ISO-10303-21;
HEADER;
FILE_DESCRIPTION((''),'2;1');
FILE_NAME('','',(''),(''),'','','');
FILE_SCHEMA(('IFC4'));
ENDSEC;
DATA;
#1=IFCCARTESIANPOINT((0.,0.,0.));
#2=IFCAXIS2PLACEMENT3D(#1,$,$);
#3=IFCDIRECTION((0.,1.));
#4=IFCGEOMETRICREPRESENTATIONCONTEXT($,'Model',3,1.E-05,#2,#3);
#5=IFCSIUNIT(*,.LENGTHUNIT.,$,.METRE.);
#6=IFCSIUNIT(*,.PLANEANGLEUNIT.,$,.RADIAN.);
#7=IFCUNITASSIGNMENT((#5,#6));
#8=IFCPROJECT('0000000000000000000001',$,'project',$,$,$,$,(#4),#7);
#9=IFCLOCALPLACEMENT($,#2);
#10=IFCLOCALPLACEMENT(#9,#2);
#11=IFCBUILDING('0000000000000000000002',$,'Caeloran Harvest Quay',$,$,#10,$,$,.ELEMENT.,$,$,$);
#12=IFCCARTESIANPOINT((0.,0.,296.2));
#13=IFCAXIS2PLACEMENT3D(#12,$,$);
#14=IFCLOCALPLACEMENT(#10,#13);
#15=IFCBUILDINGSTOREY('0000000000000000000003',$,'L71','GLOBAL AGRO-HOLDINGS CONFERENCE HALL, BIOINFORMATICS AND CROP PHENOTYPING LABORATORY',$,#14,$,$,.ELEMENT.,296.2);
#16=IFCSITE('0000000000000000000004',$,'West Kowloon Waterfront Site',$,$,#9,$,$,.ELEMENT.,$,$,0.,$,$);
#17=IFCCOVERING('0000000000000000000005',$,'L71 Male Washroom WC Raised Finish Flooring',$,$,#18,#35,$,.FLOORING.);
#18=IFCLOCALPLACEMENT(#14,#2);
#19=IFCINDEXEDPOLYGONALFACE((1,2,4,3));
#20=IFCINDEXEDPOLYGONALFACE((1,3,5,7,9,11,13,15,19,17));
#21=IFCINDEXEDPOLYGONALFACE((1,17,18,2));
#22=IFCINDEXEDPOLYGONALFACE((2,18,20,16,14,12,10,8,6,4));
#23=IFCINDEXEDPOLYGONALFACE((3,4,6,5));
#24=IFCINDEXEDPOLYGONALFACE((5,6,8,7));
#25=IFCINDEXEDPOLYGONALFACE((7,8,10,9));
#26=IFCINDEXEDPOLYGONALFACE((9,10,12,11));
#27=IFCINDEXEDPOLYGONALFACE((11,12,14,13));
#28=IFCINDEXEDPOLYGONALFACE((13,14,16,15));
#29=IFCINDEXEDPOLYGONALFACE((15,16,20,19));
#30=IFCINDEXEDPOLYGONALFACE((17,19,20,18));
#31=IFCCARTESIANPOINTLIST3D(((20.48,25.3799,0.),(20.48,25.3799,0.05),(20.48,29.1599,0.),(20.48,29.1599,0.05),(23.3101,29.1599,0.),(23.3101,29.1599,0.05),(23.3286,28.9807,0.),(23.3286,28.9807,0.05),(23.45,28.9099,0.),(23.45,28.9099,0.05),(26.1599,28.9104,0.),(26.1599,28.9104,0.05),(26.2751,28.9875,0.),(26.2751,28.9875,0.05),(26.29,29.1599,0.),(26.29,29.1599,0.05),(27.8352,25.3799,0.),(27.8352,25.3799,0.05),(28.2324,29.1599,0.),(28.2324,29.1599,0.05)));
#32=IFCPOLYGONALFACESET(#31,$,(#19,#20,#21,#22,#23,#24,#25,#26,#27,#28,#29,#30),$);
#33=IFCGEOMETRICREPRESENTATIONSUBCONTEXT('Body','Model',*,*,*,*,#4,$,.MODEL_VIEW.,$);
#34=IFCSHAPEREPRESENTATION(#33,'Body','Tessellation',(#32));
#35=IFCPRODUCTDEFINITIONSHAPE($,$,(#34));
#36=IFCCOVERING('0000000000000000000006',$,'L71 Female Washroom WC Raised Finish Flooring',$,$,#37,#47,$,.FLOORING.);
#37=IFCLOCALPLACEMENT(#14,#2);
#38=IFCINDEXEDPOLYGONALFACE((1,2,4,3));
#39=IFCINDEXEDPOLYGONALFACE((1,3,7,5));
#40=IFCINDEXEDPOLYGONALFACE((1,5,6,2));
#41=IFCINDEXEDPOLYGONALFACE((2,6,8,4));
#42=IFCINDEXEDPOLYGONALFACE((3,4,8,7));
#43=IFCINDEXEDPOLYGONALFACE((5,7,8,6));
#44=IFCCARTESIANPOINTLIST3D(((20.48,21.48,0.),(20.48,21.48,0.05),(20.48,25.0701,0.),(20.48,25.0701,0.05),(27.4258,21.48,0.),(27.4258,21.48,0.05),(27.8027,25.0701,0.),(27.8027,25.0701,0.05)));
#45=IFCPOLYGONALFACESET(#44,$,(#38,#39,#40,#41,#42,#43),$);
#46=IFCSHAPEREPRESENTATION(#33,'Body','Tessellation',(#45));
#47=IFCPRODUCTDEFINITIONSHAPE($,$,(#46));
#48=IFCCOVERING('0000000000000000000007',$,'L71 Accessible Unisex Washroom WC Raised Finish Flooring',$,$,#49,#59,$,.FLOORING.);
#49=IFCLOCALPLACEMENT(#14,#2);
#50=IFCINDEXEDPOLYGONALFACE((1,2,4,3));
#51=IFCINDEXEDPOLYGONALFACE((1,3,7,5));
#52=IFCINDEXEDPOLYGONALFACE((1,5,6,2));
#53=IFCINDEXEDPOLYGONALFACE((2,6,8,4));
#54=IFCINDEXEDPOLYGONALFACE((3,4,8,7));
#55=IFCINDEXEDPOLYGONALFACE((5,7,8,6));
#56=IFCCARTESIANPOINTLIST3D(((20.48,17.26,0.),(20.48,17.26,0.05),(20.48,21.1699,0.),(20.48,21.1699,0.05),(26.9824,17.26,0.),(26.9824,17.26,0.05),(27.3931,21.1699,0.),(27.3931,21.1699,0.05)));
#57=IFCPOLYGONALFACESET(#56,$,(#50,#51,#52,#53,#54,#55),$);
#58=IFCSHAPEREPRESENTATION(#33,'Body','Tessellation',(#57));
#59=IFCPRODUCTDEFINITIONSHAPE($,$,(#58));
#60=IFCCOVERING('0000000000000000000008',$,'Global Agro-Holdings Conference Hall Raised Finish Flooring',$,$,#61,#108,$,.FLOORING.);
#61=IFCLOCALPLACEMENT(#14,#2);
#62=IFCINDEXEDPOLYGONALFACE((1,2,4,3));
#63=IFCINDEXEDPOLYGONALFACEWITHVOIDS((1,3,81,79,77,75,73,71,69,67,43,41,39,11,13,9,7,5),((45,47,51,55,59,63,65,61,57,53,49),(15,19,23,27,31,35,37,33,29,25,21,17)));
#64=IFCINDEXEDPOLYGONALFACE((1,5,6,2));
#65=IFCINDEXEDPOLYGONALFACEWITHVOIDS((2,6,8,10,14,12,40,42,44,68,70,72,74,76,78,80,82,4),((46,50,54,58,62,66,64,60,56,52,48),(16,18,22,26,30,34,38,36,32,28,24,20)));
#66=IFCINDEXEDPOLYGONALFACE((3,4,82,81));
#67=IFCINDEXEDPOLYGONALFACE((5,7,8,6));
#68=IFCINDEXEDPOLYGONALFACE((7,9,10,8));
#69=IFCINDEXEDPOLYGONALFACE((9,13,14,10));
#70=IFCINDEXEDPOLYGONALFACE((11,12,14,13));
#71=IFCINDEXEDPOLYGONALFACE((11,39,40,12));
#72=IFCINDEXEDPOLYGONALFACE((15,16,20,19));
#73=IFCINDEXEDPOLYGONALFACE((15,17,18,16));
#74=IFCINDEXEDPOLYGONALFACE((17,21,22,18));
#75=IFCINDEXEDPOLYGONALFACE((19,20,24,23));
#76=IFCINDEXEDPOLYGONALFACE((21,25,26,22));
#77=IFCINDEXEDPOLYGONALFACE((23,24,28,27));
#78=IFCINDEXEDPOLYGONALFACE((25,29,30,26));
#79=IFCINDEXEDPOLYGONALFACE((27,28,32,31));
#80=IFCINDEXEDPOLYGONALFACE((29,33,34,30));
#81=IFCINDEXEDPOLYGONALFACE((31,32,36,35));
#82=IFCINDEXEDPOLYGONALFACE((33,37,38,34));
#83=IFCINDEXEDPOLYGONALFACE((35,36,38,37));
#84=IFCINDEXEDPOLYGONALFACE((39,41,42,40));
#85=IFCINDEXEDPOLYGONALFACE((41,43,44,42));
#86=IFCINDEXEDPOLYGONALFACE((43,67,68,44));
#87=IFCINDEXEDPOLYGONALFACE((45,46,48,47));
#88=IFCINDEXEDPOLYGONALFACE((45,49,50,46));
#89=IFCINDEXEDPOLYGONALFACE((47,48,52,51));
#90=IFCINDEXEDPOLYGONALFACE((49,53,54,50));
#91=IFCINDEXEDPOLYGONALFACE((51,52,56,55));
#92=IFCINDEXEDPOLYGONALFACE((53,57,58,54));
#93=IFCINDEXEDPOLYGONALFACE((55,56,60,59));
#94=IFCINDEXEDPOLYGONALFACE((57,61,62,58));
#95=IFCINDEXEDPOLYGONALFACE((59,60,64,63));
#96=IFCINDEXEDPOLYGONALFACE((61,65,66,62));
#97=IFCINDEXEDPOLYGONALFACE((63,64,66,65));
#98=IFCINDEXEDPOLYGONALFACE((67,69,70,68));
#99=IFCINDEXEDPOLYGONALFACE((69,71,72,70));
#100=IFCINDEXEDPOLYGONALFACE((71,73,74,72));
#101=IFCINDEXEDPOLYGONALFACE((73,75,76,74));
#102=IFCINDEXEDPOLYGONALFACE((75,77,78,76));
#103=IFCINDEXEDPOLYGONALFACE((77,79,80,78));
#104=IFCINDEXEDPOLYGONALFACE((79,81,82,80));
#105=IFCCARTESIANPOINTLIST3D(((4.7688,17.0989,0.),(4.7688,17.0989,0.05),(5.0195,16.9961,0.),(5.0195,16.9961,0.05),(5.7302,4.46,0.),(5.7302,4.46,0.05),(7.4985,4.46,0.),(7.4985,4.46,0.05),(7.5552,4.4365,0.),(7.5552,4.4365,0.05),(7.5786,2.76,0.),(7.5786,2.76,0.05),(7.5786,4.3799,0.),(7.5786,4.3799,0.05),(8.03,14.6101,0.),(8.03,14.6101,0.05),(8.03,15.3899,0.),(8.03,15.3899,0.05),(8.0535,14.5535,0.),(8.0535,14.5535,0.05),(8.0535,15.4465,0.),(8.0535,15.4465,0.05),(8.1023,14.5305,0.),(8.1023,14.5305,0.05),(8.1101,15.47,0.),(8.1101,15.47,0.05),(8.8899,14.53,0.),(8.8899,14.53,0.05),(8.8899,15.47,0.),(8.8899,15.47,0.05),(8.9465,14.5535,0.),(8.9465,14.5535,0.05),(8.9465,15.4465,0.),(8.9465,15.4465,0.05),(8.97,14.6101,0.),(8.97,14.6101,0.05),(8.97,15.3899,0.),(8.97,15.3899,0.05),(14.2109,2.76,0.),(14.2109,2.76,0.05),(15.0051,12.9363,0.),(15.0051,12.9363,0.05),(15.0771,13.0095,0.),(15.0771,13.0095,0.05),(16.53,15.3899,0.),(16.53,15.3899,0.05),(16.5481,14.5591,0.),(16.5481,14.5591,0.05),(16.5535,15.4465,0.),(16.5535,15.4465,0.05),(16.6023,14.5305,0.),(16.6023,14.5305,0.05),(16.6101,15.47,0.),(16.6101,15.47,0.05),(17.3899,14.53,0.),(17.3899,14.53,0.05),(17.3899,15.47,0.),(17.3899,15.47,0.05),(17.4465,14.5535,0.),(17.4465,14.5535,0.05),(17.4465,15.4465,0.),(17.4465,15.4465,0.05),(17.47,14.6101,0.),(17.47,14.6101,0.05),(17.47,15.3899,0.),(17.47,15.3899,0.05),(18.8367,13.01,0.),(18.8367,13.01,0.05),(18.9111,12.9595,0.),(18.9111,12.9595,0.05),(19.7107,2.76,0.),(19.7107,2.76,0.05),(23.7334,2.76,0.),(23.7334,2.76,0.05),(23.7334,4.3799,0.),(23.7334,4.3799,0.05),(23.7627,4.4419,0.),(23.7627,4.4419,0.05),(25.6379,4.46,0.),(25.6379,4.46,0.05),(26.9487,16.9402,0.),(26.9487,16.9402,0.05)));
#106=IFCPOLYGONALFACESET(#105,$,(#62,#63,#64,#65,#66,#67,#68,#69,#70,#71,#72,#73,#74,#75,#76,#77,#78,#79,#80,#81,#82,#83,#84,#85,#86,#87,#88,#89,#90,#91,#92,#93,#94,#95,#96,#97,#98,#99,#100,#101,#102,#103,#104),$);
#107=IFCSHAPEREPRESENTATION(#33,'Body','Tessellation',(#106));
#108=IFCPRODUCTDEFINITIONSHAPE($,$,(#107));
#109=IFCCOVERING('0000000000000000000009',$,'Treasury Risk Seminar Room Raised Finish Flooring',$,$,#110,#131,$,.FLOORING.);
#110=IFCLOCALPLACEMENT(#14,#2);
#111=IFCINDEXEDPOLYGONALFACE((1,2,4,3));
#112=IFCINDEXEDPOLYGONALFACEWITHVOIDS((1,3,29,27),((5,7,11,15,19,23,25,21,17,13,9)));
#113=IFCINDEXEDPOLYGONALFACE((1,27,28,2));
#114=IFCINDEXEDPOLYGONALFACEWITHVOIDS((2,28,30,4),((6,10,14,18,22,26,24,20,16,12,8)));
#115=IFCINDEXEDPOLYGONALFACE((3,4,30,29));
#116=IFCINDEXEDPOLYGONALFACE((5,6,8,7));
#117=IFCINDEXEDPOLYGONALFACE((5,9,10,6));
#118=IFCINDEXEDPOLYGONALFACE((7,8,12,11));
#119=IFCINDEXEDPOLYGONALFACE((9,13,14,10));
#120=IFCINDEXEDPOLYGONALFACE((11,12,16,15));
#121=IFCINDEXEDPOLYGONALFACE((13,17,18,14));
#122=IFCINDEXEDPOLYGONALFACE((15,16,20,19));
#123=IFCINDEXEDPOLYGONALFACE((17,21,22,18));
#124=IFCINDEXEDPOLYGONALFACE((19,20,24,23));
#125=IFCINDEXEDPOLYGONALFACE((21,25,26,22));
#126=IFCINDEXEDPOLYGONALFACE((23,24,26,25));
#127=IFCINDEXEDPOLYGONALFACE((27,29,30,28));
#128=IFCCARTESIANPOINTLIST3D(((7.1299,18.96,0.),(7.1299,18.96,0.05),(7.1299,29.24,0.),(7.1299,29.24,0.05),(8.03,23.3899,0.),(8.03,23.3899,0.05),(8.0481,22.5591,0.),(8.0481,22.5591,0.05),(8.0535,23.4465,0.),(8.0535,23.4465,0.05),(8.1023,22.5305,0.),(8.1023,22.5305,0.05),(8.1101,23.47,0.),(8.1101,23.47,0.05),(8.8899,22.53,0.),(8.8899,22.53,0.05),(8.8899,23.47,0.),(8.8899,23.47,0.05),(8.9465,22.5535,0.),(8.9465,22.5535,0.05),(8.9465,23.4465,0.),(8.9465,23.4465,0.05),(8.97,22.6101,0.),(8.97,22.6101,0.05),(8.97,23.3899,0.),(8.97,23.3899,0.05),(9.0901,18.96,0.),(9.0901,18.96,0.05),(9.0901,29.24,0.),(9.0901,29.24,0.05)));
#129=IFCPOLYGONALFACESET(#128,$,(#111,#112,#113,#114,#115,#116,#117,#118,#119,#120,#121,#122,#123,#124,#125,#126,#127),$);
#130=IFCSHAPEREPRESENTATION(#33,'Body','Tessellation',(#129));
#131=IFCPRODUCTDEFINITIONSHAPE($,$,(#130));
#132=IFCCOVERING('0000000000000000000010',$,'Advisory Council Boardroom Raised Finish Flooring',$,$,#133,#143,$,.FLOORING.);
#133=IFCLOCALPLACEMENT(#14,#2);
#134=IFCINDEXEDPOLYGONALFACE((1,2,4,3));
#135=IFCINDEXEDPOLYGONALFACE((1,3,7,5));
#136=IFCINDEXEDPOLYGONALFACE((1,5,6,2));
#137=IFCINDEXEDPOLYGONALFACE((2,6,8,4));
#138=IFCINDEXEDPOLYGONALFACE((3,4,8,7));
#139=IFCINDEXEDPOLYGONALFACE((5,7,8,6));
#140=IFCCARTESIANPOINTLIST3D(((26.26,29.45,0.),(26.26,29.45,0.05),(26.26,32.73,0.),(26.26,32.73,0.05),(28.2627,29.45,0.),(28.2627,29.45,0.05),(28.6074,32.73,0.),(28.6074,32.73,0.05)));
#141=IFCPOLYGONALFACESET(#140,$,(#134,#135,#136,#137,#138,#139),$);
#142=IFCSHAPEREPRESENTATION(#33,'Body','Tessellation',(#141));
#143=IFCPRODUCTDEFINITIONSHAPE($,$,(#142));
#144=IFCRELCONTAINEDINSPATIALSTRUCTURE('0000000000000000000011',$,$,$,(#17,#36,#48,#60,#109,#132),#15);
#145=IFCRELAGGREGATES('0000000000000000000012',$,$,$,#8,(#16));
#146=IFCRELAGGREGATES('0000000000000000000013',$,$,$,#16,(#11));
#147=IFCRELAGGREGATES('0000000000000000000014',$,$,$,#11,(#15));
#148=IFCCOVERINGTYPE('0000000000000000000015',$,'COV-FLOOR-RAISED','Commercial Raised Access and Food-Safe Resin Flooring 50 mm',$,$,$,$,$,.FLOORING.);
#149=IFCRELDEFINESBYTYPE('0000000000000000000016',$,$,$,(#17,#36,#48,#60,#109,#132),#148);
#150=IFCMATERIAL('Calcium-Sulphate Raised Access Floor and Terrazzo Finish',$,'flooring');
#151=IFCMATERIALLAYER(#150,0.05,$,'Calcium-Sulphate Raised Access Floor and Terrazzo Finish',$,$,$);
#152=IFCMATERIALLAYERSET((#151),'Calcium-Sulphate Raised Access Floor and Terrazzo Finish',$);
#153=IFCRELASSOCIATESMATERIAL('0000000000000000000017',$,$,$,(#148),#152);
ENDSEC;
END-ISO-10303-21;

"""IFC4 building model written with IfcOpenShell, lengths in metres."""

from ifc_helpers import new_model, si_unit, direction, frame, origin, place, context, subcontext, project, spatial, polyline, outline, extrude, material, layer, layer_set, type_object, element, save


model = new_model("IFC4")

# Units and contexts
model_context = context("Model", 3, precision=1e-05, world=origin(), true_north=direction((0.0, 1.0)))
body_context = subcontext(model_context, "Body", "Model", "MODEL_VIEW")
ifc_project = project(units=[si_unit("LENGTHUNIT", "METRE"), si_unit("PLANEANGLEUNIT", "RADIAN")], contexts=[model_context])

# Site, building, storey
site_placement = place(None, origin())
site = spatial("IfcSite", under=ifc_project, at=site_placement, Name="West Kowloon Waterfront Site", CompositionType="ELEMENT", RefElevation=0.0)
building_placement = place(site_placement, origin())
building = spatial("IfcBuilding", under=site, at=building_placement, Name="Caeloran Harvest Quay", CompositionType="ELEMENT")
storey_placement = place(building_placement, frame((0.0, 0.0, 296.2)))
storey = spatial("IfcBuildingStorey", under=building, at=storey_placement, Name="L71", Description="GLOBAL AGRO-HOLDINGS CONFERENCE HALL, BIOINFORMATICS AND CROP PHENOTYPING LABORATORY", CompositionType="ELEMENT", Elevation=296.2)

# Coverings
ifc_material_1 = material(Name="Calcium-Sulphate Raised Access Floor and Terrazzo Finish", Category="flooring")
ifc_layer_1 = layer(ifc_material_1, 0.05, Name="Calcium-Sulphate Raised Access Floor and Terrazzo Finish")
ifc_layer_set_1 = layer_set([ifc_layer_1], Name="Calcium-Sulphate Raised Access Floor and Terrazzo Finish")
covering_type_1 = type_object("IfcCoveringType", Name="COV-FLOOR-RAISED", Description="Commercial Raised Access and Food-Safe Resin Flooring 50 mm", PredefinedType="FLOORING", material=ifc_layer_set_1)
covering_1_placement = place(storey_placement, origin())
element("IfcCovering", 1, at=covering_1_placement, inside=storey, type_object=covering_type_1, Name="L71 Male Washroom WC Raised Finish Flooring", PredefinedType="FLOORING", context=body_context, shape_type="SweptSolid", body=[
    extrude(outline(polyline([(23.3101, 29.1599), (23.3286, 28.9807), (23.45, 28.9099), (26.1599, 28.9104), (26.2751, 28.9875), (26.29, 29.1599), (28.2324, 29.1599), (27.8352, 25.3799), (20.48, 25.3799), (20.48, 29.1599), (23.3101, 29.1599)])), origin(), (0.0, 0.0, 1.0), 0.05),
])
covering_2_placement = place(storey_placement, origin())
element("IfcCovering", 2, at=covering_2_placement, inside=storey, type_object=covering_type_1, Name="L71 Female Washroom WC Raised Finish Flooring", PredefinedType="FLOORING", context=body_context, shape_type="SweptSolid", body=[
    extrude(outline(polyline([(27.8027, 25.0701), (27.4258, 21.48), (20.48, 21.48), (20.48, 25.0701), (27.8027, 25.0701)])), origin(), (0.0, 0.0, 1.0), 0.05),
])
covering_3_placement = place(storey_placement, origin())
element("IfcCovering", 3, at=covering_3_placement, inside=storey, type_object=covering_type_1, Name="L71 Accessible Unisex Washroom WC Raised Finish Flooring", PredefinedType="FLOORING", context=body_context, shape_type="SweptSolid", body=[
    extrude(outline(polyline([(27.3931, 21.1699), (26.9824, 17.26), (20.48, 17.26), (20.48, 21.1699), (27.3931, 21.1699)])), origin(), (0.0, 0.0, 1.0), 0.05),
])
covering_4_placement = place(storey_placement, origin())
element("IfcCovering", 4, at=covering_4_placement, inside=storey, type_object=covering_type_1, Name="Global Agro-Holdings Conference Hall Raised Finish Flooring", PredefinedType="FLOORING", context=body_context, shape_type="SweptSolid", body=[
    extrude(outline(polyline([(5.0195, 16.9961), (26.9487, 16.9402), (25.6379, 4.46), (23.7627, 4.4419), (23.7334, 4.3799), (23.7334, 2.76), (19.7107, 2.76), (18.9111, 12.9595), (18.8367, 13.01), (15.0771, 13.0095), (15.0051, 12.9363), (14.2109, 2.76), (7.5786, 2.76), (7.5786, 4.3799), (7.5552, 4.4365), (7.4985, 4.46), (5.7302, 4.46), (4.7688, 17.0989), (5.0195, 16.9961)]), holes=[polyline([(16.53, 15.3899), (16.5481, 14.5591), (16.6023, 14.5305), (17.3899, 14.53), (17.4465, 14.5535), (17.47, 14.6101), (17.47, 15.3899), (17.4465, 15.4465), (17.3899, 15.47), (16.6101, 15.47), (16.5535, 15.4465), (16.53, 15.3899)]), polyline([(8.03, 14.6101), (8.0535, 14.5535), (8.1023, 14.5305), (8.8899, 14.53), (8.9465, 14.5535), (8.97, 14.6101), (8.97, 15.3899), (8.9465, 15.4465), (8.8899, 15.47), (8.1101, 15.47), (8.0535, 15.4465), (8.03, 15.3899), (8.03, 14.6101)])]), origin(), (0.0, 0.0, 1.0), 0.05),
])
covering_5_placement = place(storey_placement, origin())
element("IfcCovering", 5, at=covering_5_placement, inside=storey, type_object=covering_type_1, Name="Treasury Risk Seminar Room Raised Finish Flooring", PredefinedType="FLOORING", context=body_context, shape_type="SweptSolid", body=[
    extrude(outline(polyline([(9.0901, 18.96), (7.1299, 18.96), (7.1299, 29.24), (9.0901, 29.24), (9.0901, 18.96)]), holes=[polyline([(8.03, 23.3899), (8.0481, 22.5591), (8.1023, 22.5305), (8.8899, 22.53), (8.9465, 22.5535), (8.97, 22.6101), (8.97, 23.3899), (8.9465, 23.4465), (8.8899, 23.47), (8.1101, 23.47), (8.0535, 23.4465), (8.03, 23.3899)])]), origin(), (0.0, 0.0, 1.0), 0.05),
])
covering_6_placement = place(storey_placement, origin())
element("IfcCovering", 6, at=covering_6_placement, inside=storey, type_object=covering_type_1, Name="Advisory Council Boardroom Raised Finish Flooring", PredefinedType="FLOORING", context=body_context, shape_type="SweptSolid", body=[
    extrude(outline(polyline([(26.26, 32.73), (28.6074, 32.73), (28.2627, 29.45), (26.26, 29.45), (26.26, 32.73)])), origin(), (0.0, 0.0, 1.0), 0.05),
])

save(model, "model.ifc")
